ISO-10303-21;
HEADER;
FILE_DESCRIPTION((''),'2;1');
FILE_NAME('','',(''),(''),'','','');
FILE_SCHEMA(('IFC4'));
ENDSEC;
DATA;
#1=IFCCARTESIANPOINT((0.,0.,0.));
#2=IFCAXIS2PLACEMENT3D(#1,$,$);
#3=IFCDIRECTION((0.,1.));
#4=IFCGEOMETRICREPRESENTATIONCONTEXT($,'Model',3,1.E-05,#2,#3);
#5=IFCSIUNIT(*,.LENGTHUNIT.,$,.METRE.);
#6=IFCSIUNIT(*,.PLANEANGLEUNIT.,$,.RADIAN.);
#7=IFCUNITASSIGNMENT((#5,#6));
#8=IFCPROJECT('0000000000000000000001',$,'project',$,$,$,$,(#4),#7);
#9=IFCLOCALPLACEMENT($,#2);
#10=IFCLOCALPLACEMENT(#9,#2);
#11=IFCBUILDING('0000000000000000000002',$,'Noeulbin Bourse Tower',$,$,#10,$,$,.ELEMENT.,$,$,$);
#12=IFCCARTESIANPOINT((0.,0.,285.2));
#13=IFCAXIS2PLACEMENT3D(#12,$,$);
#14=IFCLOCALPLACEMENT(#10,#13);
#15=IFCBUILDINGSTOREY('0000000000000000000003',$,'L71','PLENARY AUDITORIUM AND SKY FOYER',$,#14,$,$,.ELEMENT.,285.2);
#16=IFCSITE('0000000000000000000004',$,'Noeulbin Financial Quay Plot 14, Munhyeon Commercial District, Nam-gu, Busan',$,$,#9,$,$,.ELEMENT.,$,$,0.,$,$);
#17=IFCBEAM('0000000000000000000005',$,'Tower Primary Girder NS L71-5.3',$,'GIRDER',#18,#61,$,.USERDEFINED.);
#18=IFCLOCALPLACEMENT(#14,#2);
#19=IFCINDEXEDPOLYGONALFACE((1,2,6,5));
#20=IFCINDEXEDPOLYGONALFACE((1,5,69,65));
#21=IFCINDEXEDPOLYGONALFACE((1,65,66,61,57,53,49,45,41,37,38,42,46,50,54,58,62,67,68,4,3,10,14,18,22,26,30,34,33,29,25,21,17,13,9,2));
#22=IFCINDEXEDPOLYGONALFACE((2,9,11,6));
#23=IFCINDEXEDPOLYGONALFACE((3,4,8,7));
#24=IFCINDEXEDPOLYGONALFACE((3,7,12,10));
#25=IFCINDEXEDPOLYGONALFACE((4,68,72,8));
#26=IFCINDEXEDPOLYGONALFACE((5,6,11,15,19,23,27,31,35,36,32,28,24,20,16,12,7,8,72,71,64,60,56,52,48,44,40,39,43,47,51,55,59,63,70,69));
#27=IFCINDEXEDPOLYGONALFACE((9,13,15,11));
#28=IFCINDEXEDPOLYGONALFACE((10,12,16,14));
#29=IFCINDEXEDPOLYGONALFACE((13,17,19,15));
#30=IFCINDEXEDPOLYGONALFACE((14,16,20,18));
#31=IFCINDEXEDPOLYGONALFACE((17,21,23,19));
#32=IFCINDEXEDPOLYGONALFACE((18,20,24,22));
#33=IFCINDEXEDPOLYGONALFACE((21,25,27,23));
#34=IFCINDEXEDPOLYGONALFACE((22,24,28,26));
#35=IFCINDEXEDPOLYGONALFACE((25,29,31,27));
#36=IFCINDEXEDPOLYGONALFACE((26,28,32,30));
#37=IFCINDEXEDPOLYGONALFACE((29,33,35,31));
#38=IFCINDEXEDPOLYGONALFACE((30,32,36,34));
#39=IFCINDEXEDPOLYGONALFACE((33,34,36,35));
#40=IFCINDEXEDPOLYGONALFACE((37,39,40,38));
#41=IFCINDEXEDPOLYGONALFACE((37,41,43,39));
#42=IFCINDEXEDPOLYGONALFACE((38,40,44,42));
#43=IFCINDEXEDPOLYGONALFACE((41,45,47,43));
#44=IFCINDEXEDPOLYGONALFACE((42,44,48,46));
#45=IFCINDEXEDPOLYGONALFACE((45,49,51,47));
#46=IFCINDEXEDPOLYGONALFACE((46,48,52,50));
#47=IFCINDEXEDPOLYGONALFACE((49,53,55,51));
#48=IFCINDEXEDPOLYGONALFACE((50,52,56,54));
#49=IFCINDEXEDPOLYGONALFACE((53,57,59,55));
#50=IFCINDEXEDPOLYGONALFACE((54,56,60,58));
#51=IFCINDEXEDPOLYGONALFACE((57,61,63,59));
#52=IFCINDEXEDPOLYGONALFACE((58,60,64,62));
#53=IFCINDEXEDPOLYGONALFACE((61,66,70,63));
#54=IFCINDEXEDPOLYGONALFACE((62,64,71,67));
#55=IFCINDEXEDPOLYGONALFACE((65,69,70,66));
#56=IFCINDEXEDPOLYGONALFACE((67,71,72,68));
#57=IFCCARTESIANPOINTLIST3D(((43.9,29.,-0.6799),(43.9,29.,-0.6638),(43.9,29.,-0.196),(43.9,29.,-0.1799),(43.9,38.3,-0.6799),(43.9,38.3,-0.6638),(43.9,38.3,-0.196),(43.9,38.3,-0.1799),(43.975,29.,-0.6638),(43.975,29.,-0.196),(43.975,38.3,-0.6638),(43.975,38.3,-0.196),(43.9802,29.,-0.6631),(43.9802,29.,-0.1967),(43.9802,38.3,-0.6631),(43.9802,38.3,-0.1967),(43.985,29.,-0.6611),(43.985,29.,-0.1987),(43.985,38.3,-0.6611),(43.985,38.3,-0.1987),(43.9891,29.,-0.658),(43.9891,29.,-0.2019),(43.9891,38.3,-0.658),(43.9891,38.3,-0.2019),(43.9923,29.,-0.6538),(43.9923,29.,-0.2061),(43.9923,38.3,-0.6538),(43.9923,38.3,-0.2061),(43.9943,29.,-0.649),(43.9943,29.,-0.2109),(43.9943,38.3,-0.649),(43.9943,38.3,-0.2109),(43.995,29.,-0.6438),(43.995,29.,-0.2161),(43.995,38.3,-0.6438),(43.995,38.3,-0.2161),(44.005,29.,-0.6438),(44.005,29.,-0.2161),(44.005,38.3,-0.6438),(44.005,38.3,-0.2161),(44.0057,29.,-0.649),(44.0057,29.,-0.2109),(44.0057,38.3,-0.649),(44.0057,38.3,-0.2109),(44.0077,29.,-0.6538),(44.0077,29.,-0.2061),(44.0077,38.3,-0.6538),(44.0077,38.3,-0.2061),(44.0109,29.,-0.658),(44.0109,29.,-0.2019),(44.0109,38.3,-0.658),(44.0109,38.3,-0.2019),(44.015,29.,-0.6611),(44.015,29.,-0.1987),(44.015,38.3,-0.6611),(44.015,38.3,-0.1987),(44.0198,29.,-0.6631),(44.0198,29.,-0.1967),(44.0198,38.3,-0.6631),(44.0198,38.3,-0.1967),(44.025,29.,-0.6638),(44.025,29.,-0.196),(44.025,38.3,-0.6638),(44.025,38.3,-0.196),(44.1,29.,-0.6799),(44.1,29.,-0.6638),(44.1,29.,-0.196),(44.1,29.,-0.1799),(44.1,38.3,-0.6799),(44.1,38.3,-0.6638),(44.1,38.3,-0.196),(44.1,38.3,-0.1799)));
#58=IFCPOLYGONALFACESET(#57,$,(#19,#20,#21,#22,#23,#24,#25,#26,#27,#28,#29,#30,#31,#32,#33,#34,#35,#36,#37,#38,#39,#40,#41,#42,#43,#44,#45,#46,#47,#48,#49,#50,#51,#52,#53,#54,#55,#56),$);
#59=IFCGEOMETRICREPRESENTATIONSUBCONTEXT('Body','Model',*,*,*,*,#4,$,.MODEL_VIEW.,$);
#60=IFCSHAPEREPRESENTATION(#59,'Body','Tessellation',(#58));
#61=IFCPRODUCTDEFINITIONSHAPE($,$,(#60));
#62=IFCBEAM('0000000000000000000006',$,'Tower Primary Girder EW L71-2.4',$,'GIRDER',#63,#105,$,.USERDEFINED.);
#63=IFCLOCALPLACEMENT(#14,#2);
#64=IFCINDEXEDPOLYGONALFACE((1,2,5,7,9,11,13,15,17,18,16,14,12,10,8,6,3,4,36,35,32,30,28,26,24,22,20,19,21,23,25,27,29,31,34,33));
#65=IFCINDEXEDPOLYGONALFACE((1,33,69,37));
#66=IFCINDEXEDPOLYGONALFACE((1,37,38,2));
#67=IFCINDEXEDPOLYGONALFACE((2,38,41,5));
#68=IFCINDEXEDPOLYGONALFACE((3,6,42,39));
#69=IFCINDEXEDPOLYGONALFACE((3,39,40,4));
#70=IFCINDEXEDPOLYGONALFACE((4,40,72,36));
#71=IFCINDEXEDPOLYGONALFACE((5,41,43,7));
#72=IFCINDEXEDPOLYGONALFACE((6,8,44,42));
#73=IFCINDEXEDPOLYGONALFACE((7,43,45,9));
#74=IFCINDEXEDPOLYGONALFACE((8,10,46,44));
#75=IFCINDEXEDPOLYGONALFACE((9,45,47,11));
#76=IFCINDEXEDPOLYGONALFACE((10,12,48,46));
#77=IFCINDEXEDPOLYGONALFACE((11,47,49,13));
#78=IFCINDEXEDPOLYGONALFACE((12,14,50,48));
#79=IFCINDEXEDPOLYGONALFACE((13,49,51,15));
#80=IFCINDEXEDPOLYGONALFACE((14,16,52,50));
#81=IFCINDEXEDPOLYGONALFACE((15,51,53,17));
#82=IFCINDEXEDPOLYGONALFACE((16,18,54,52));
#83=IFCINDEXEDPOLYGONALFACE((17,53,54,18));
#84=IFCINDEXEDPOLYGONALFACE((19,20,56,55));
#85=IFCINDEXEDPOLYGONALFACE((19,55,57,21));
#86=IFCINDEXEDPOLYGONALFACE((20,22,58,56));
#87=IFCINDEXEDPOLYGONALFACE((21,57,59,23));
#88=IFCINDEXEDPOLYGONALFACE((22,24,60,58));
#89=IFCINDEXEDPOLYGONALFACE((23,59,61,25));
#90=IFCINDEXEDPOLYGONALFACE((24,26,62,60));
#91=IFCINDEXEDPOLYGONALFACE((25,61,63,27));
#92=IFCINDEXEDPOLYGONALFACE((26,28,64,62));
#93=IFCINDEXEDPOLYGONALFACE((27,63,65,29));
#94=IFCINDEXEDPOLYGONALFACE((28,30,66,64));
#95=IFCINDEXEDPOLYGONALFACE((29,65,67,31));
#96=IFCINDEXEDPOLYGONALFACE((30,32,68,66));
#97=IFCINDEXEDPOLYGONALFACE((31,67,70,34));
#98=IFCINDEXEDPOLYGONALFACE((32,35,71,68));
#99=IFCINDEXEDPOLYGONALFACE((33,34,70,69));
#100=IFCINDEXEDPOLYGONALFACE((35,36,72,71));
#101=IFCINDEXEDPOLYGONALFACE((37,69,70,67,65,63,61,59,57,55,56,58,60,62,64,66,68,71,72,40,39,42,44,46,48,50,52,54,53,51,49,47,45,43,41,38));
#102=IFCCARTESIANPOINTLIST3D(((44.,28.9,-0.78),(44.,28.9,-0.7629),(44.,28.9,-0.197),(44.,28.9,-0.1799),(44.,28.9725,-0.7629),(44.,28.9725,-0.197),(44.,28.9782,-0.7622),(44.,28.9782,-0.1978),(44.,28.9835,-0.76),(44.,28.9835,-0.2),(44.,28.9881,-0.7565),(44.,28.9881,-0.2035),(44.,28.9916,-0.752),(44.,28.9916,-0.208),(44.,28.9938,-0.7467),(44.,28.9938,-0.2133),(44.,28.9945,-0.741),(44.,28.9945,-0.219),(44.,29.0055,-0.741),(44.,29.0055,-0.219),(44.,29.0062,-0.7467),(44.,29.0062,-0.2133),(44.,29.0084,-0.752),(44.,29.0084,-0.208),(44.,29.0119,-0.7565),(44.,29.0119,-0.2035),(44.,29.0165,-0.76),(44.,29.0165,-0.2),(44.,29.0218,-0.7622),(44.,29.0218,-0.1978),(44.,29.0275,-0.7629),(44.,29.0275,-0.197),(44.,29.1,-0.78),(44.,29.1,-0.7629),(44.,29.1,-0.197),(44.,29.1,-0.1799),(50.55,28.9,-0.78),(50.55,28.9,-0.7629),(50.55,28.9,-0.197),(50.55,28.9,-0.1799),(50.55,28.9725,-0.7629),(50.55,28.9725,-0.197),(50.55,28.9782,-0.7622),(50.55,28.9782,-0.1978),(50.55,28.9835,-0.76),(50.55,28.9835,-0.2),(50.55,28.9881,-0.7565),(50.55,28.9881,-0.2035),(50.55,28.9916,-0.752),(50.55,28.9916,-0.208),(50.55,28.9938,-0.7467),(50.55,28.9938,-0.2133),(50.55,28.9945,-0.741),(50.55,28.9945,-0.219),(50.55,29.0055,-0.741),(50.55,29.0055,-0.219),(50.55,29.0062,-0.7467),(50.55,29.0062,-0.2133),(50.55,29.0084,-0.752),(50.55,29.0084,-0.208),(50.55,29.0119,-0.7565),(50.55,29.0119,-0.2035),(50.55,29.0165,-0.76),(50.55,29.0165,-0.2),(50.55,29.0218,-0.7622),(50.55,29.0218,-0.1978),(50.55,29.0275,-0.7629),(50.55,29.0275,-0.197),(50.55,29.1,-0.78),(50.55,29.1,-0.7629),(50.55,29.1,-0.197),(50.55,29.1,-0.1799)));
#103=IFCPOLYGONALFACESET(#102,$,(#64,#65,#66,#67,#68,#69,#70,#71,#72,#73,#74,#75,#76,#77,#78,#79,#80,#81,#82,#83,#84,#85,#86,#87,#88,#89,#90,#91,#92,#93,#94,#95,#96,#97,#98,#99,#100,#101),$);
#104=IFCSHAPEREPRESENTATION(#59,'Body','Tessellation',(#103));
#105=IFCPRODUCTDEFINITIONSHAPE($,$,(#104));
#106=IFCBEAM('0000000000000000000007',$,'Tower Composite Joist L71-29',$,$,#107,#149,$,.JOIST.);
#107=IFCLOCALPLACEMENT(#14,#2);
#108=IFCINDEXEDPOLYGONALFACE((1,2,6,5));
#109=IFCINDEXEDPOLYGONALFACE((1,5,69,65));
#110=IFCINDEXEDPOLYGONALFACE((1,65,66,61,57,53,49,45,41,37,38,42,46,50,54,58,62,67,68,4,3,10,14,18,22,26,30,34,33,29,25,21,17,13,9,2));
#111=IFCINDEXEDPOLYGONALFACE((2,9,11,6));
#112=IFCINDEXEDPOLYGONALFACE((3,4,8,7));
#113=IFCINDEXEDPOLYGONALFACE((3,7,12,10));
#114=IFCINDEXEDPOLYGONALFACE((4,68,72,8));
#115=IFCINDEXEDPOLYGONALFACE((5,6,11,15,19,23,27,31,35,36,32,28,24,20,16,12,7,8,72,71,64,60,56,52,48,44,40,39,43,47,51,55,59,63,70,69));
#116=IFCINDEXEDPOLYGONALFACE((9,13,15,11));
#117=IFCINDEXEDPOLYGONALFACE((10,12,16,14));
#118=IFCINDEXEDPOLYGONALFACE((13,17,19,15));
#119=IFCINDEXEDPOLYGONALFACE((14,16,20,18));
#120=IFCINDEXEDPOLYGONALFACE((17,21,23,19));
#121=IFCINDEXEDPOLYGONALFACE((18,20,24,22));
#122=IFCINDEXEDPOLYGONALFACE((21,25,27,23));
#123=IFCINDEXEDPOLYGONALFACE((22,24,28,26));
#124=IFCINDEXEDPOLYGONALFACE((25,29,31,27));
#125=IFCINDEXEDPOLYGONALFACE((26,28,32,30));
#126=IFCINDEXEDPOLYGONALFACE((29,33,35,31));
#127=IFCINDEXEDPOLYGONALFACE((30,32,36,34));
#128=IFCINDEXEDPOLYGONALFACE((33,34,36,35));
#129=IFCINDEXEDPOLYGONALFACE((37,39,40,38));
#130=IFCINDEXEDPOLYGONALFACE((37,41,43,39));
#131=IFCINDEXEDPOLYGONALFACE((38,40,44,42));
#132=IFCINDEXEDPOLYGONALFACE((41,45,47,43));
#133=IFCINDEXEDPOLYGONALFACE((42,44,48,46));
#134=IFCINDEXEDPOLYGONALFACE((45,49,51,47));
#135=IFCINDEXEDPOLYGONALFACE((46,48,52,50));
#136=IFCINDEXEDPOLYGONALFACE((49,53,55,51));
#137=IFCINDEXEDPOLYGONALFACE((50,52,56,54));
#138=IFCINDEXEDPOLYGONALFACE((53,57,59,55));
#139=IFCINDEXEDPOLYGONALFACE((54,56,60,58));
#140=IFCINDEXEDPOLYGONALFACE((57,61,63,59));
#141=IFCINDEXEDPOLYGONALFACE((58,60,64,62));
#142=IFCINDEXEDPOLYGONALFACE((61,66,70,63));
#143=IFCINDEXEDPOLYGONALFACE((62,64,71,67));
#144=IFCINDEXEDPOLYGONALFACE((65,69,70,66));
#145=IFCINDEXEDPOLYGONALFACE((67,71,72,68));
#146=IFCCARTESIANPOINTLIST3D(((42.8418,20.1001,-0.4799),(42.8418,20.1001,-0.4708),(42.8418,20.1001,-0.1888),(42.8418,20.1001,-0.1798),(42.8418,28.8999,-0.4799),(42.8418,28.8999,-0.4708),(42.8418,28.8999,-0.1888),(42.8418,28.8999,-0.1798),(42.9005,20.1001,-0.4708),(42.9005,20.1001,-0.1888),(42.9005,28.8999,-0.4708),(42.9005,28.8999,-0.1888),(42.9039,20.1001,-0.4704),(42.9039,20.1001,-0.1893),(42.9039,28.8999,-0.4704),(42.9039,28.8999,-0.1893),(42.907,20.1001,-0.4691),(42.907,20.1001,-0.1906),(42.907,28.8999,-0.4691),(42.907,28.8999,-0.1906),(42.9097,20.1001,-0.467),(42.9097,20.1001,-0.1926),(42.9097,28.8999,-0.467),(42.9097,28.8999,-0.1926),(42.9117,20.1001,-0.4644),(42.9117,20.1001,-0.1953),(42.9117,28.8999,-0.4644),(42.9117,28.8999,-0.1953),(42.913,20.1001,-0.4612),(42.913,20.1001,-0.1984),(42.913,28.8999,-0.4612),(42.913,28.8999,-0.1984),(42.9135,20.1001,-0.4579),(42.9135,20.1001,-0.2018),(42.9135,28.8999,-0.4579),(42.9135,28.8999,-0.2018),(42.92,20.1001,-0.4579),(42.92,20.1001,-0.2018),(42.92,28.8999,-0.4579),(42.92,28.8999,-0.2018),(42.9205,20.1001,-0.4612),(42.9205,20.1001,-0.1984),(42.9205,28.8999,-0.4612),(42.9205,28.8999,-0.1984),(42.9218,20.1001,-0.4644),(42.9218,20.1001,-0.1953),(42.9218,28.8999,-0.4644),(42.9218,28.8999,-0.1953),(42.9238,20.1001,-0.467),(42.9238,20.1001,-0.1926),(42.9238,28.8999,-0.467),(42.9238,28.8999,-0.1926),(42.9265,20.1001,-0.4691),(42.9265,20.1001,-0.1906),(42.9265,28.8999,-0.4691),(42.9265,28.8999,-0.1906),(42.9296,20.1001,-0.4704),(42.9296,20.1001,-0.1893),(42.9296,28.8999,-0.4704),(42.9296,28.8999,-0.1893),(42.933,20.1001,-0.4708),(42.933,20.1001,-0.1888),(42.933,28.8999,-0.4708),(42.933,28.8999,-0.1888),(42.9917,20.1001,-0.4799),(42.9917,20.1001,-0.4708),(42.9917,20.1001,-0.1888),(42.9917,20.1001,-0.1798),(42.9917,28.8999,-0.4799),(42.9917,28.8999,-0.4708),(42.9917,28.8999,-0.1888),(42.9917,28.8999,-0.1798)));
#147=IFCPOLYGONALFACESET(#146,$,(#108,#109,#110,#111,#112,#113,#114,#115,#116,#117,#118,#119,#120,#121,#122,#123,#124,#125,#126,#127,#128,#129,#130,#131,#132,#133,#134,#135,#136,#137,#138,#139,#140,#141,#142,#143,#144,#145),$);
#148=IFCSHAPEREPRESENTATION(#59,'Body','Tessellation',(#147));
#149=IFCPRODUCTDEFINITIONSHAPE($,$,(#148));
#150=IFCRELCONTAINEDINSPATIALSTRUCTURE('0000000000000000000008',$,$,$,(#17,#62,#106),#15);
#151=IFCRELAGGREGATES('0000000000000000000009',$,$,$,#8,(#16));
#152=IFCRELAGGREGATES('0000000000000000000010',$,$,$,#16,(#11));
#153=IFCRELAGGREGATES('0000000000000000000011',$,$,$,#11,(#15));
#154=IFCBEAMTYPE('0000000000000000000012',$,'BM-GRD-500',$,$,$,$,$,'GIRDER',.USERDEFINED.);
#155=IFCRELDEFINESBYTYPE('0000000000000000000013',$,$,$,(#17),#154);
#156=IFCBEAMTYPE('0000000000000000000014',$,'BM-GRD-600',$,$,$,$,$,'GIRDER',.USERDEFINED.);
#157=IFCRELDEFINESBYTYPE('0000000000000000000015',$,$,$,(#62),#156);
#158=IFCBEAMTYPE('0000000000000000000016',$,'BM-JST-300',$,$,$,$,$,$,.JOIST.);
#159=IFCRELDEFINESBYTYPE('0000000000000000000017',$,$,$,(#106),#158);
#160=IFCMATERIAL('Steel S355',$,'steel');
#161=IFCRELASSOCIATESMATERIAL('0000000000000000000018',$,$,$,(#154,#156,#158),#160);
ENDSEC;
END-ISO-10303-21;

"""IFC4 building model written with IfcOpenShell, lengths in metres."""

from ifc_helpers import new_model, si_unit, direction, frame, origin, origin_2d, place, context, subcontext, project, spatial, i_section, extrude, material, material_profile, profile_set, type_object, element, save


model = new_model("IFC4")

# Units and contexts
model_context = context("Model", 3, precision=1e-05, world=origin(), true_north=direction((0.0, 1.0)))
body_context = subcontext(model_context, "Body", "Model", "MODEL_VIEW")
ifc_project = project(units=[si_unit("LENGTHUNIT", "METRE"), si_unit("PLANEANGLEUNIT", "RADIAN")], contexts=[model_context])

# Site, building, storey
site_placement = place(None, origin())
site = spatial("IfcSite", under=ifc_project, at=site_placement, Name="Noeulbin Financial Quay Plot 14, Munhyeon Commercial District, Nam-gu, Busan", CompositionType="ELEMENT", RefElevation=0.0)
building_placement = place(site_placement, origin())
building = spatial("IfcBuilding", under=site, at=building_placement, Name="Noeulbin Bourse Tower", CompositionType="ELEMENT")
storey_placement = place(building_placement, frame((0.0, 0.0, 285.2)))
storey = spatial("IfcBuildingStorey", under=building, at=storey_placement, Name="L71", Description="PLENARY AUDITORIUM AND SKY FOYER", CompositionType="ELEMENT", Elevation=285.2)

# Shared definitions
ifc_material_1 = material(Name="Steel S355", Category="steel")

# Beams
ifc_material_profile_1 = material_profile(ifc_material_1, i_section(OverallWidth=0.2, OverallDepth=0.5, WebThickness=0.01, FlangeThickness=0.0161, FilletRadius=0.02, at=origin_2d()), Name="H-500x200x10x16", Category="LoadBearing")
ifc_profile_set_1 = profile_set([ifc_material_profile_1], Name="Steel S355")
beam_type_1 = type_object("IfcBeamType", Name="BM-GRD-500", ElementType="GIRDER", PredefinedType="USERDEFINED", material=ifc_profile_set_1)
beam_1_placement = place(storey_placement, frame((44.0, 29.0, -0.4299), z_axis=(0.0, 1.0, 0.0), x_axis=(-1.0, 0.0, 0.0)))
element("IfcBeam", 1, at=beam_1_placement, inside=storey, type_object=beam_type_1, Name="Tower Primary Girder NS L71-5.3", ObjectType="GIRDER", PredefinedType="USERDEFINED", context=body_context, shape_type="SweptSolid", body=[
    extrude(i_section(OverallWidth=0.2, OverallDepth=0.5, WebThickness=0.01, FlangeThickness=0.0161, FilletRadius=0.02, at=origin_2d()), origin(), (0.0, 0.0, 1.0), 9.3),
])
ifc_material_profile_2 = material_profile(ifc_material_1, i_section(OverallWidth=0.2, OverallDepth=0.6001, WebThickness=0.011, FlangeThickness=0.0171, FilletRadius=0.022, at=origin_2d()), Name="H-600x200x11x17", Category="LoadBearing")
ifc_profile_set_2 = profile_set([ifc_material_profile_2], Name="Steel S355")
beam_type_2 = type_object("IfcBeamType", Name="BM-GRD-600", ElementType="GIRDER", PredefinedType="USERDEFINED", material=ifc_profile_set_2)
beam_2_placement = place(storey_placement, frame((44.0, 29.0, -0.48), z_axis=(1.0, 0.0, 0.0), x_axis=(0.0, 1.0, 0.0)))
element("IfcBeam", 2, at=beam_2_placement, inside=storey, type_object=beam_type_2, Name="Tower Primary Girder EW L71-2.4", ObjectType="GIRDER", PredefinedType="USERDEFINED", context=body_context, shape_type="SweptSolid", body=[
    extrude(i_section(OverallWidth=0.2, OverallDepth=0.6001, WebThickness=0.011, FlangeThickness=0.0171, FilletRadius=0.022, at=origin_2d()), origin(), (0.0, 0.0, 1.0), 6.55),
])
ifc_material_profile_3 = material_profile(ifc_material_1, i_section(OverallWidth=0.1499, OverallDepth=0.3, WebThickness=0.0066, FlangeThickness=0.009, FilletRadius=0.0129, at=origin_2d()), Name="H-300x150x6.5x9", Category="LoadBearing")
ifc_profile_set_3 = profile_set([ifc_material_profile_3], Name="Steel S355")
beam_type_3 = type_object("IfcBeamType", Name="BM-JST-300", PredefinedType="JOIST", material=ifc_profile_set_3)
beam_3_placement = place(storey_placement, frame((42.9167, 20.1001, -0.3298), z_axis=(0.0, 1.0, 0.0), x_axis=(-1.0, 0.0, 0.0)))
element("IfcBeam", 3, at=beam_3_placement, inside=storey, type_object=beam_type_3, Name="Tower Composite Joist L71-29", PredefinedType="JOIST", context=body_context, shape_type="SweptSolid", body=[
    extrude(i_section(OverallWidth=0.1499, OverallDepth=0.3, WebThickness=0.0066, FlangeThickness=0.009, FilletRadius=0.0129, at=origin_2d()), origin(), (0.0, 0.0, 1.0), 8.7998),
])

save(model, "model.ifc")
